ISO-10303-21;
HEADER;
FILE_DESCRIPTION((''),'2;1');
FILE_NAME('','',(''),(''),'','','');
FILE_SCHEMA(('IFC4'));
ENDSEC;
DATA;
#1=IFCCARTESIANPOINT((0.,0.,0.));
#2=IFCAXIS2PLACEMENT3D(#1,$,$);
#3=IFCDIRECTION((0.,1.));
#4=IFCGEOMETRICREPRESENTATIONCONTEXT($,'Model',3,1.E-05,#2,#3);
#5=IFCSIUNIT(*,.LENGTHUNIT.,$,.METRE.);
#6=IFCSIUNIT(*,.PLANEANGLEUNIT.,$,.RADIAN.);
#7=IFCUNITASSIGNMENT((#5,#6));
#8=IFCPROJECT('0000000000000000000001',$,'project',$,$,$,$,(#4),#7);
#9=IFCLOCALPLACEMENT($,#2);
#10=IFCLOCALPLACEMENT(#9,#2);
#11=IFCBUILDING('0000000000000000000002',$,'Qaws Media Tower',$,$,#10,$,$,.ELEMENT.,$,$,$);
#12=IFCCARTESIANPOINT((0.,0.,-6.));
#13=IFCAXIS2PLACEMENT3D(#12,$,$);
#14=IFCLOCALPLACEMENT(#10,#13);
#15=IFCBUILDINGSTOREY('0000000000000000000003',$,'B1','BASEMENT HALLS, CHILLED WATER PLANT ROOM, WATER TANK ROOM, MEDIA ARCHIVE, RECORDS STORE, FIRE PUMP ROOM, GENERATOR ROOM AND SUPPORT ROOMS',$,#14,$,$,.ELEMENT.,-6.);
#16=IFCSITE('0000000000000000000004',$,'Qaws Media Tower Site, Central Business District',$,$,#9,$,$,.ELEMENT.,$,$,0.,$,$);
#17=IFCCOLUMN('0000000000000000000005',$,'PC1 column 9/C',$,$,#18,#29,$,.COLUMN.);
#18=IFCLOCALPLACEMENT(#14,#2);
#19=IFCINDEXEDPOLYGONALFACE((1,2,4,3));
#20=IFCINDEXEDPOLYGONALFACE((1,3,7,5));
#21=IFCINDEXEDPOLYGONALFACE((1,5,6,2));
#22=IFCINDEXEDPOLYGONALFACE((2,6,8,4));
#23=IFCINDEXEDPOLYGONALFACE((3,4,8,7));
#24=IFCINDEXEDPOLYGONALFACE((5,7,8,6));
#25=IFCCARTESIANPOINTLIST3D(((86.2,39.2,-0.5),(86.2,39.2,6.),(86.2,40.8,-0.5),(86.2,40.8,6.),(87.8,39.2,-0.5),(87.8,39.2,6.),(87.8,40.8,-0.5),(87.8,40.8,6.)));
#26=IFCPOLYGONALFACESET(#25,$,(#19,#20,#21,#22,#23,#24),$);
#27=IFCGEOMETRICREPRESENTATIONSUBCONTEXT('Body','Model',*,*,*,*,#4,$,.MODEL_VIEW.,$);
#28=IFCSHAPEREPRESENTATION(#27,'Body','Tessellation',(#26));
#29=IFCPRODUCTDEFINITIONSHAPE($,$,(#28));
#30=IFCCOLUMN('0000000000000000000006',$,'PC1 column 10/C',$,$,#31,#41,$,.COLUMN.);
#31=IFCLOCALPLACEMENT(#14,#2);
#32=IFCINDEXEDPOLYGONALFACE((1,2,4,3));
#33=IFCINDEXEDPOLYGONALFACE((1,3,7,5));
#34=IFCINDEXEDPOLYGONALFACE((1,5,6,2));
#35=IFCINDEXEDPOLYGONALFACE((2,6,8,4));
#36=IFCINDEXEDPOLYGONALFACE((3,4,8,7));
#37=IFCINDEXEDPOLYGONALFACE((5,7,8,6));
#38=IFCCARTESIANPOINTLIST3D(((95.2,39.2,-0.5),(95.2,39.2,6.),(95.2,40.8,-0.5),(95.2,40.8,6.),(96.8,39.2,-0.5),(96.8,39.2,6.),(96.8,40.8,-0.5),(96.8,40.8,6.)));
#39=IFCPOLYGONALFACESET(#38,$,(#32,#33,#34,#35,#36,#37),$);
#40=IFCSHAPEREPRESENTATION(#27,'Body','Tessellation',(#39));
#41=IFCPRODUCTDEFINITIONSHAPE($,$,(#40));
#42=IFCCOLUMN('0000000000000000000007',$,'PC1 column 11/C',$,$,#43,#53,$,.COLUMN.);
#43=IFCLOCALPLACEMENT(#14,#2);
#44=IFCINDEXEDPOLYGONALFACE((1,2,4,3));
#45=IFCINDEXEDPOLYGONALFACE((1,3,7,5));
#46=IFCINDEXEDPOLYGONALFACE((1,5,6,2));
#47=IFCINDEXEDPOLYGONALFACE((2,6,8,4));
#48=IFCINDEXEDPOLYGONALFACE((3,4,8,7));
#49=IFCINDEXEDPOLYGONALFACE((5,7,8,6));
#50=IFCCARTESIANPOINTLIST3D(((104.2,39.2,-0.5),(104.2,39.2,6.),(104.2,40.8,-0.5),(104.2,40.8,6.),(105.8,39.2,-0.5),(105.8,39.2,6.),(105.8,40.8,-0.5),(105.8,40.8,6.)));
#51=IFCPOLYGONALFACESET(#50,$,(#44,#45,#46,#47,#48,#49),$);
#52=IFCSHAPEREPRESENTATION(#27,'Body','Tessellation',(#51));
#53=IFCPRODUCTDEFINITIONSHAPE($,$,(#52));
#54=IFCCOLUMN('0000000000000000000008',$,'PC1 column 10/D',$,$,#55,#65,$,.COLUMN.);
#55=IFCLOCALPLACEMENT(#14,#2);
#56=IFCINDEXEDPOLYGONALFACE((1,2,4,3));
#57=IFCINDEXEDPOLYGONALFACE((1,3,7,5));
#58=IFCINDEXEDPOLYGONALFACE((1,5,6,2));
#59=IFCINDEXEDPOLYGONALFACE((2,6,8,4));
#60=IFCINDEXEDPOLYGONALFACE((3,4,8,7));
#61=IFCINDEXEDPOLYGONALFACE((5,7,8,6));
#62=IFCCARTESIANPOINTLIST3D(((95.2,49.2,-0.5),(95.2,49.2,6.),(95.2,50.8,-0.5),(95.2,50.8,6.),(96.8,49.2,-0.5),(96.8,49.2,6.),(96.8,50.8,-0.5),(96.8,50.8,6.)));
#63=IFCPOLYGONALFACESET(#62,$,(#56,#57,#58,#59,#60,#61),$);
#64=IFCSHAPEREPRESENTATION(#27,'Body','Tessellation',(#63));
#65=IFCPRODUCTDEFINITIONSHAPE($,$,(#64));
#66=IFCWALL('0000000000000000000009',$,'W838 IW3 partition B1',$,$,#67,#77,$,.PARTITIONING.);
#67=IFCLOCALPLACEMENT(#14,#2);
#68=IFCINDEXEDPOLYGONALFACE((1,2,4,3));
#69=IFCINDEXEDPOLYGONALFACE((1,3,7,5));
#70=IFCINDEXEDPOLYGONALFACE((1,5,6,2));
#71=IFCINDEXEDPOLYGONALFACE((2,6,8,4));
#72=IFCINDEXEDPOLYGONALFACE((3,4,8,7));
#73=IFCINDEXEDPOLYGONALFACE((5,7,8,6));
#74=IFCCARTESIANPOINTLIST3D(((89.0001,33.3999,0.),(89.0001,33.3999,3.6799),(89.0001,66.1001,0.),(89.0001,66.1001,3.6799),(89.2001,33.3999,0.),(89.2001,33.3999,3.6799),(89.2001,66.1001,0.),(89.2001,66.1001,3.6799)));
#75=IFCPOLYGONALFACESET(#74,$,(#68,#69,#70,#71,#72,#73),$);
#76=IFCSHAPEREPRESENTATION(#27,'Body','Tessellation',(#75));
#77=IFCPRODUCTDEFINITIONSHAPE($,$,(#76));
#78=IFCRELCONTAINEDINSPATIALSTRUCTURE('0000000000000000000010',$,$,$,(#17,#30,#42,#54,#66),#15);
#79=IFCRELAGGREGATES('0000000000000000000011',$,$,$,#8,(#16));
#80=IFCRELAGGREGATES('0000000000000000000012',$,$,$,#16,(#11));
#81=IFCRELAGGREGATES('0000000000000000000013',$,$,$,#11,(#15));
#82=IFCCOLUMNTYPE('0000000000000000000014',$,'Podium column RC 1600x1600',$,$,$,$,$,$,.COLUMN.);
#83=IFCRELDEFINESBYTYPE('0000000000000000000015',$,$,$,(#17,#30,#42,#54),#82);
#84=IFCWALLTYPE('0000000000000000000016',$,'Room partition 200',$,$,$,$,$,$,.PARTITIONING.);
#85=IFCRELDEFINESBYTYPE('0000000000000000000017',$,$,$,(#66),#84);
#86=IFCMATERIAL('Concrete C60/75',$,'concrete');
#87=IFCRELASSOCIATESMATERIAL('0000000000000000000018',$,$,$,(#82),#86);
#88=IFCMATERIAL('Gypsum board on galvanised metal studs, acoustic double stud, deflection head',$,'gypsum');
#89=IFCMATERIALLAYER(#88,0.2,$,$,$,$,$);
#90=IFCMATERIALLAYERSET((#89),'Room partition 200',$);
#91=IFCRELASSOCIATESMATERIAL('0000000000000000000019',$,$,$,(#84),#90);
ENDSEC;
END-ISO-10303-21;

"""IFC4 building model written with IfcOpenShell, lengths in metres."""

from ifc_helpers import new_model, si_unit, direction, frame, frame_2d, origin, origin_2d, place, context, subcontext, project, spatial, rectangle, extrude, material, layer, layer_set, material_profile, profile_set, type_object, element, save


model = new_model("IFC4")

# Units and contexts
model_context = context("Model", 3, precision=1e-05, world=origin(), true_north=direction((0.0, 1.0)))
body_context = subcontext(model_context, "Body", "Model", "MODEL_VIEW")
ifc_project = project(units=[si_unit("LENGTHUNIT", "METRE"), si_unit("PLANEANGLEUNIT", "RADIAN")], contexts=[model_context])

# Site, building, storey
site_placement = place(None, origin())
site = spatial("IfcSite", under=ifc_project, at=site_placement, Name="Qaws Media Tower Site, Central Business District", CompositionType="ELEMENT", RefElevation=0.0)
building_placement = place(site_placement, origin())
building = spatial("IfcBuilding", under=site, at=building_placement, Name="Qaws Media Tower", CompositionType="ELEMENT")
storey_placement = place(building_placement, frame((0.0, 0.0, -6.0)))
storey = spatial("IfcBuildingStorey", under=building, at=storey_placement, Name="B1", Description="BASEMENT HALLS, CHILLED WATER PLANT ROOM, WATER TANK ROOM, MEDIA ARCHIVE, RECORDS STORE, FIRE PUMP ROOM, GENERATOR ROOM AND SUPPORT ROOMS", CompositionType="ELEMENT", Elevation=-6.0)

# Columns
ifc_material_1 = material(Name="Concrete C60/75", Category="concrete")
ifc_material_profile_1 = material_profile(ifc_material_1, rectangle(XDim=1.6001, YDim=1.6001, at=origin_2d()), Name="RC 1600x1600")
ifc_profile_set_1 = profile_set([ifc_material_profile_1], Name="Concrete C60/75")
column_type_1 = type_object("IfcColumnType", Name="Podium column RC 1600x1600", PredefinedType="COLUMN", material=ifc_profile_set_1)
for number, where, z_axis, x_axis, name in (
    (1, (87.0, 40.0, -0.5), (0.0, 0.0, 1.0), (1.0, 0.0, 0.0), "PC1 column 9/C"),
    (2, (96.0, 40.0, -0.5), (0.0, 0.0, 1.0), (1.0, 0.0, 0.0), "PC1 column 10/C"),
    (3, (105.0, 40.0, -0.5), (0.0, 0.0, 1.0), (1.0, 0.0, 0.0), "PC1 column 11/C"),
    (4, (96.0, 50.0, -0.5), (0.0, 0.0, 1.0), (1.0, 0.0, 0.0), "PC1 column 10/D"),
):
    element("IfcColumn", number, at=place(storey_placement, frame(where, z_axis=z_axis, x_axis=x_axis)), inside=storey, type_object=column_type_1, Name=name, PredefinedType="COLUMN", context=body_context, shape_type="SweptSolid", body=[
        extrude(rectangle(XDim=1.6001, YDim=1.6001, at=origin_2d()), origin(), (0.0, 0.0, 1.0), 6.5),
    ])

# Wall
ifc_material_2 = material(Name="Gypsum board on galvanised metal studs, acoustic double stud, deflection head", Category="gypsum")
ifc_layer_1 = layer(ifc_material_2, 0.2)
ifc_layer_set_1 = layer_set([ifc_layer_1], Name="Room partition 200")
wall_type = type_object("IfcWallType", Name="Room partition 200", PredefinedType="PARTITIONING", material=ifc_layer_set_1)
wall_placement = place(storey_placement, frame((89.1001, 33.3999, 0.0), z_axis=(0.0, 0.0, 1.0), x_axis=(0.0, 1.0, 0.0)))
element("IfcWall", 5, at=wall_placement, inside=storey, type_object=wall_type, Name="W838 IW3 partition B1", PredefinedType="PARTITIONING", context=body_context, shape_type="SweptSolid", body=[
    extrude(rectangle(XDim=32.7002, YDim=0.2, at=frame_2d((16.3501, 0.0))), origin(), (0.0, 0.0, 1.0), 3.6799),
])

save(model, "model.ifc")
